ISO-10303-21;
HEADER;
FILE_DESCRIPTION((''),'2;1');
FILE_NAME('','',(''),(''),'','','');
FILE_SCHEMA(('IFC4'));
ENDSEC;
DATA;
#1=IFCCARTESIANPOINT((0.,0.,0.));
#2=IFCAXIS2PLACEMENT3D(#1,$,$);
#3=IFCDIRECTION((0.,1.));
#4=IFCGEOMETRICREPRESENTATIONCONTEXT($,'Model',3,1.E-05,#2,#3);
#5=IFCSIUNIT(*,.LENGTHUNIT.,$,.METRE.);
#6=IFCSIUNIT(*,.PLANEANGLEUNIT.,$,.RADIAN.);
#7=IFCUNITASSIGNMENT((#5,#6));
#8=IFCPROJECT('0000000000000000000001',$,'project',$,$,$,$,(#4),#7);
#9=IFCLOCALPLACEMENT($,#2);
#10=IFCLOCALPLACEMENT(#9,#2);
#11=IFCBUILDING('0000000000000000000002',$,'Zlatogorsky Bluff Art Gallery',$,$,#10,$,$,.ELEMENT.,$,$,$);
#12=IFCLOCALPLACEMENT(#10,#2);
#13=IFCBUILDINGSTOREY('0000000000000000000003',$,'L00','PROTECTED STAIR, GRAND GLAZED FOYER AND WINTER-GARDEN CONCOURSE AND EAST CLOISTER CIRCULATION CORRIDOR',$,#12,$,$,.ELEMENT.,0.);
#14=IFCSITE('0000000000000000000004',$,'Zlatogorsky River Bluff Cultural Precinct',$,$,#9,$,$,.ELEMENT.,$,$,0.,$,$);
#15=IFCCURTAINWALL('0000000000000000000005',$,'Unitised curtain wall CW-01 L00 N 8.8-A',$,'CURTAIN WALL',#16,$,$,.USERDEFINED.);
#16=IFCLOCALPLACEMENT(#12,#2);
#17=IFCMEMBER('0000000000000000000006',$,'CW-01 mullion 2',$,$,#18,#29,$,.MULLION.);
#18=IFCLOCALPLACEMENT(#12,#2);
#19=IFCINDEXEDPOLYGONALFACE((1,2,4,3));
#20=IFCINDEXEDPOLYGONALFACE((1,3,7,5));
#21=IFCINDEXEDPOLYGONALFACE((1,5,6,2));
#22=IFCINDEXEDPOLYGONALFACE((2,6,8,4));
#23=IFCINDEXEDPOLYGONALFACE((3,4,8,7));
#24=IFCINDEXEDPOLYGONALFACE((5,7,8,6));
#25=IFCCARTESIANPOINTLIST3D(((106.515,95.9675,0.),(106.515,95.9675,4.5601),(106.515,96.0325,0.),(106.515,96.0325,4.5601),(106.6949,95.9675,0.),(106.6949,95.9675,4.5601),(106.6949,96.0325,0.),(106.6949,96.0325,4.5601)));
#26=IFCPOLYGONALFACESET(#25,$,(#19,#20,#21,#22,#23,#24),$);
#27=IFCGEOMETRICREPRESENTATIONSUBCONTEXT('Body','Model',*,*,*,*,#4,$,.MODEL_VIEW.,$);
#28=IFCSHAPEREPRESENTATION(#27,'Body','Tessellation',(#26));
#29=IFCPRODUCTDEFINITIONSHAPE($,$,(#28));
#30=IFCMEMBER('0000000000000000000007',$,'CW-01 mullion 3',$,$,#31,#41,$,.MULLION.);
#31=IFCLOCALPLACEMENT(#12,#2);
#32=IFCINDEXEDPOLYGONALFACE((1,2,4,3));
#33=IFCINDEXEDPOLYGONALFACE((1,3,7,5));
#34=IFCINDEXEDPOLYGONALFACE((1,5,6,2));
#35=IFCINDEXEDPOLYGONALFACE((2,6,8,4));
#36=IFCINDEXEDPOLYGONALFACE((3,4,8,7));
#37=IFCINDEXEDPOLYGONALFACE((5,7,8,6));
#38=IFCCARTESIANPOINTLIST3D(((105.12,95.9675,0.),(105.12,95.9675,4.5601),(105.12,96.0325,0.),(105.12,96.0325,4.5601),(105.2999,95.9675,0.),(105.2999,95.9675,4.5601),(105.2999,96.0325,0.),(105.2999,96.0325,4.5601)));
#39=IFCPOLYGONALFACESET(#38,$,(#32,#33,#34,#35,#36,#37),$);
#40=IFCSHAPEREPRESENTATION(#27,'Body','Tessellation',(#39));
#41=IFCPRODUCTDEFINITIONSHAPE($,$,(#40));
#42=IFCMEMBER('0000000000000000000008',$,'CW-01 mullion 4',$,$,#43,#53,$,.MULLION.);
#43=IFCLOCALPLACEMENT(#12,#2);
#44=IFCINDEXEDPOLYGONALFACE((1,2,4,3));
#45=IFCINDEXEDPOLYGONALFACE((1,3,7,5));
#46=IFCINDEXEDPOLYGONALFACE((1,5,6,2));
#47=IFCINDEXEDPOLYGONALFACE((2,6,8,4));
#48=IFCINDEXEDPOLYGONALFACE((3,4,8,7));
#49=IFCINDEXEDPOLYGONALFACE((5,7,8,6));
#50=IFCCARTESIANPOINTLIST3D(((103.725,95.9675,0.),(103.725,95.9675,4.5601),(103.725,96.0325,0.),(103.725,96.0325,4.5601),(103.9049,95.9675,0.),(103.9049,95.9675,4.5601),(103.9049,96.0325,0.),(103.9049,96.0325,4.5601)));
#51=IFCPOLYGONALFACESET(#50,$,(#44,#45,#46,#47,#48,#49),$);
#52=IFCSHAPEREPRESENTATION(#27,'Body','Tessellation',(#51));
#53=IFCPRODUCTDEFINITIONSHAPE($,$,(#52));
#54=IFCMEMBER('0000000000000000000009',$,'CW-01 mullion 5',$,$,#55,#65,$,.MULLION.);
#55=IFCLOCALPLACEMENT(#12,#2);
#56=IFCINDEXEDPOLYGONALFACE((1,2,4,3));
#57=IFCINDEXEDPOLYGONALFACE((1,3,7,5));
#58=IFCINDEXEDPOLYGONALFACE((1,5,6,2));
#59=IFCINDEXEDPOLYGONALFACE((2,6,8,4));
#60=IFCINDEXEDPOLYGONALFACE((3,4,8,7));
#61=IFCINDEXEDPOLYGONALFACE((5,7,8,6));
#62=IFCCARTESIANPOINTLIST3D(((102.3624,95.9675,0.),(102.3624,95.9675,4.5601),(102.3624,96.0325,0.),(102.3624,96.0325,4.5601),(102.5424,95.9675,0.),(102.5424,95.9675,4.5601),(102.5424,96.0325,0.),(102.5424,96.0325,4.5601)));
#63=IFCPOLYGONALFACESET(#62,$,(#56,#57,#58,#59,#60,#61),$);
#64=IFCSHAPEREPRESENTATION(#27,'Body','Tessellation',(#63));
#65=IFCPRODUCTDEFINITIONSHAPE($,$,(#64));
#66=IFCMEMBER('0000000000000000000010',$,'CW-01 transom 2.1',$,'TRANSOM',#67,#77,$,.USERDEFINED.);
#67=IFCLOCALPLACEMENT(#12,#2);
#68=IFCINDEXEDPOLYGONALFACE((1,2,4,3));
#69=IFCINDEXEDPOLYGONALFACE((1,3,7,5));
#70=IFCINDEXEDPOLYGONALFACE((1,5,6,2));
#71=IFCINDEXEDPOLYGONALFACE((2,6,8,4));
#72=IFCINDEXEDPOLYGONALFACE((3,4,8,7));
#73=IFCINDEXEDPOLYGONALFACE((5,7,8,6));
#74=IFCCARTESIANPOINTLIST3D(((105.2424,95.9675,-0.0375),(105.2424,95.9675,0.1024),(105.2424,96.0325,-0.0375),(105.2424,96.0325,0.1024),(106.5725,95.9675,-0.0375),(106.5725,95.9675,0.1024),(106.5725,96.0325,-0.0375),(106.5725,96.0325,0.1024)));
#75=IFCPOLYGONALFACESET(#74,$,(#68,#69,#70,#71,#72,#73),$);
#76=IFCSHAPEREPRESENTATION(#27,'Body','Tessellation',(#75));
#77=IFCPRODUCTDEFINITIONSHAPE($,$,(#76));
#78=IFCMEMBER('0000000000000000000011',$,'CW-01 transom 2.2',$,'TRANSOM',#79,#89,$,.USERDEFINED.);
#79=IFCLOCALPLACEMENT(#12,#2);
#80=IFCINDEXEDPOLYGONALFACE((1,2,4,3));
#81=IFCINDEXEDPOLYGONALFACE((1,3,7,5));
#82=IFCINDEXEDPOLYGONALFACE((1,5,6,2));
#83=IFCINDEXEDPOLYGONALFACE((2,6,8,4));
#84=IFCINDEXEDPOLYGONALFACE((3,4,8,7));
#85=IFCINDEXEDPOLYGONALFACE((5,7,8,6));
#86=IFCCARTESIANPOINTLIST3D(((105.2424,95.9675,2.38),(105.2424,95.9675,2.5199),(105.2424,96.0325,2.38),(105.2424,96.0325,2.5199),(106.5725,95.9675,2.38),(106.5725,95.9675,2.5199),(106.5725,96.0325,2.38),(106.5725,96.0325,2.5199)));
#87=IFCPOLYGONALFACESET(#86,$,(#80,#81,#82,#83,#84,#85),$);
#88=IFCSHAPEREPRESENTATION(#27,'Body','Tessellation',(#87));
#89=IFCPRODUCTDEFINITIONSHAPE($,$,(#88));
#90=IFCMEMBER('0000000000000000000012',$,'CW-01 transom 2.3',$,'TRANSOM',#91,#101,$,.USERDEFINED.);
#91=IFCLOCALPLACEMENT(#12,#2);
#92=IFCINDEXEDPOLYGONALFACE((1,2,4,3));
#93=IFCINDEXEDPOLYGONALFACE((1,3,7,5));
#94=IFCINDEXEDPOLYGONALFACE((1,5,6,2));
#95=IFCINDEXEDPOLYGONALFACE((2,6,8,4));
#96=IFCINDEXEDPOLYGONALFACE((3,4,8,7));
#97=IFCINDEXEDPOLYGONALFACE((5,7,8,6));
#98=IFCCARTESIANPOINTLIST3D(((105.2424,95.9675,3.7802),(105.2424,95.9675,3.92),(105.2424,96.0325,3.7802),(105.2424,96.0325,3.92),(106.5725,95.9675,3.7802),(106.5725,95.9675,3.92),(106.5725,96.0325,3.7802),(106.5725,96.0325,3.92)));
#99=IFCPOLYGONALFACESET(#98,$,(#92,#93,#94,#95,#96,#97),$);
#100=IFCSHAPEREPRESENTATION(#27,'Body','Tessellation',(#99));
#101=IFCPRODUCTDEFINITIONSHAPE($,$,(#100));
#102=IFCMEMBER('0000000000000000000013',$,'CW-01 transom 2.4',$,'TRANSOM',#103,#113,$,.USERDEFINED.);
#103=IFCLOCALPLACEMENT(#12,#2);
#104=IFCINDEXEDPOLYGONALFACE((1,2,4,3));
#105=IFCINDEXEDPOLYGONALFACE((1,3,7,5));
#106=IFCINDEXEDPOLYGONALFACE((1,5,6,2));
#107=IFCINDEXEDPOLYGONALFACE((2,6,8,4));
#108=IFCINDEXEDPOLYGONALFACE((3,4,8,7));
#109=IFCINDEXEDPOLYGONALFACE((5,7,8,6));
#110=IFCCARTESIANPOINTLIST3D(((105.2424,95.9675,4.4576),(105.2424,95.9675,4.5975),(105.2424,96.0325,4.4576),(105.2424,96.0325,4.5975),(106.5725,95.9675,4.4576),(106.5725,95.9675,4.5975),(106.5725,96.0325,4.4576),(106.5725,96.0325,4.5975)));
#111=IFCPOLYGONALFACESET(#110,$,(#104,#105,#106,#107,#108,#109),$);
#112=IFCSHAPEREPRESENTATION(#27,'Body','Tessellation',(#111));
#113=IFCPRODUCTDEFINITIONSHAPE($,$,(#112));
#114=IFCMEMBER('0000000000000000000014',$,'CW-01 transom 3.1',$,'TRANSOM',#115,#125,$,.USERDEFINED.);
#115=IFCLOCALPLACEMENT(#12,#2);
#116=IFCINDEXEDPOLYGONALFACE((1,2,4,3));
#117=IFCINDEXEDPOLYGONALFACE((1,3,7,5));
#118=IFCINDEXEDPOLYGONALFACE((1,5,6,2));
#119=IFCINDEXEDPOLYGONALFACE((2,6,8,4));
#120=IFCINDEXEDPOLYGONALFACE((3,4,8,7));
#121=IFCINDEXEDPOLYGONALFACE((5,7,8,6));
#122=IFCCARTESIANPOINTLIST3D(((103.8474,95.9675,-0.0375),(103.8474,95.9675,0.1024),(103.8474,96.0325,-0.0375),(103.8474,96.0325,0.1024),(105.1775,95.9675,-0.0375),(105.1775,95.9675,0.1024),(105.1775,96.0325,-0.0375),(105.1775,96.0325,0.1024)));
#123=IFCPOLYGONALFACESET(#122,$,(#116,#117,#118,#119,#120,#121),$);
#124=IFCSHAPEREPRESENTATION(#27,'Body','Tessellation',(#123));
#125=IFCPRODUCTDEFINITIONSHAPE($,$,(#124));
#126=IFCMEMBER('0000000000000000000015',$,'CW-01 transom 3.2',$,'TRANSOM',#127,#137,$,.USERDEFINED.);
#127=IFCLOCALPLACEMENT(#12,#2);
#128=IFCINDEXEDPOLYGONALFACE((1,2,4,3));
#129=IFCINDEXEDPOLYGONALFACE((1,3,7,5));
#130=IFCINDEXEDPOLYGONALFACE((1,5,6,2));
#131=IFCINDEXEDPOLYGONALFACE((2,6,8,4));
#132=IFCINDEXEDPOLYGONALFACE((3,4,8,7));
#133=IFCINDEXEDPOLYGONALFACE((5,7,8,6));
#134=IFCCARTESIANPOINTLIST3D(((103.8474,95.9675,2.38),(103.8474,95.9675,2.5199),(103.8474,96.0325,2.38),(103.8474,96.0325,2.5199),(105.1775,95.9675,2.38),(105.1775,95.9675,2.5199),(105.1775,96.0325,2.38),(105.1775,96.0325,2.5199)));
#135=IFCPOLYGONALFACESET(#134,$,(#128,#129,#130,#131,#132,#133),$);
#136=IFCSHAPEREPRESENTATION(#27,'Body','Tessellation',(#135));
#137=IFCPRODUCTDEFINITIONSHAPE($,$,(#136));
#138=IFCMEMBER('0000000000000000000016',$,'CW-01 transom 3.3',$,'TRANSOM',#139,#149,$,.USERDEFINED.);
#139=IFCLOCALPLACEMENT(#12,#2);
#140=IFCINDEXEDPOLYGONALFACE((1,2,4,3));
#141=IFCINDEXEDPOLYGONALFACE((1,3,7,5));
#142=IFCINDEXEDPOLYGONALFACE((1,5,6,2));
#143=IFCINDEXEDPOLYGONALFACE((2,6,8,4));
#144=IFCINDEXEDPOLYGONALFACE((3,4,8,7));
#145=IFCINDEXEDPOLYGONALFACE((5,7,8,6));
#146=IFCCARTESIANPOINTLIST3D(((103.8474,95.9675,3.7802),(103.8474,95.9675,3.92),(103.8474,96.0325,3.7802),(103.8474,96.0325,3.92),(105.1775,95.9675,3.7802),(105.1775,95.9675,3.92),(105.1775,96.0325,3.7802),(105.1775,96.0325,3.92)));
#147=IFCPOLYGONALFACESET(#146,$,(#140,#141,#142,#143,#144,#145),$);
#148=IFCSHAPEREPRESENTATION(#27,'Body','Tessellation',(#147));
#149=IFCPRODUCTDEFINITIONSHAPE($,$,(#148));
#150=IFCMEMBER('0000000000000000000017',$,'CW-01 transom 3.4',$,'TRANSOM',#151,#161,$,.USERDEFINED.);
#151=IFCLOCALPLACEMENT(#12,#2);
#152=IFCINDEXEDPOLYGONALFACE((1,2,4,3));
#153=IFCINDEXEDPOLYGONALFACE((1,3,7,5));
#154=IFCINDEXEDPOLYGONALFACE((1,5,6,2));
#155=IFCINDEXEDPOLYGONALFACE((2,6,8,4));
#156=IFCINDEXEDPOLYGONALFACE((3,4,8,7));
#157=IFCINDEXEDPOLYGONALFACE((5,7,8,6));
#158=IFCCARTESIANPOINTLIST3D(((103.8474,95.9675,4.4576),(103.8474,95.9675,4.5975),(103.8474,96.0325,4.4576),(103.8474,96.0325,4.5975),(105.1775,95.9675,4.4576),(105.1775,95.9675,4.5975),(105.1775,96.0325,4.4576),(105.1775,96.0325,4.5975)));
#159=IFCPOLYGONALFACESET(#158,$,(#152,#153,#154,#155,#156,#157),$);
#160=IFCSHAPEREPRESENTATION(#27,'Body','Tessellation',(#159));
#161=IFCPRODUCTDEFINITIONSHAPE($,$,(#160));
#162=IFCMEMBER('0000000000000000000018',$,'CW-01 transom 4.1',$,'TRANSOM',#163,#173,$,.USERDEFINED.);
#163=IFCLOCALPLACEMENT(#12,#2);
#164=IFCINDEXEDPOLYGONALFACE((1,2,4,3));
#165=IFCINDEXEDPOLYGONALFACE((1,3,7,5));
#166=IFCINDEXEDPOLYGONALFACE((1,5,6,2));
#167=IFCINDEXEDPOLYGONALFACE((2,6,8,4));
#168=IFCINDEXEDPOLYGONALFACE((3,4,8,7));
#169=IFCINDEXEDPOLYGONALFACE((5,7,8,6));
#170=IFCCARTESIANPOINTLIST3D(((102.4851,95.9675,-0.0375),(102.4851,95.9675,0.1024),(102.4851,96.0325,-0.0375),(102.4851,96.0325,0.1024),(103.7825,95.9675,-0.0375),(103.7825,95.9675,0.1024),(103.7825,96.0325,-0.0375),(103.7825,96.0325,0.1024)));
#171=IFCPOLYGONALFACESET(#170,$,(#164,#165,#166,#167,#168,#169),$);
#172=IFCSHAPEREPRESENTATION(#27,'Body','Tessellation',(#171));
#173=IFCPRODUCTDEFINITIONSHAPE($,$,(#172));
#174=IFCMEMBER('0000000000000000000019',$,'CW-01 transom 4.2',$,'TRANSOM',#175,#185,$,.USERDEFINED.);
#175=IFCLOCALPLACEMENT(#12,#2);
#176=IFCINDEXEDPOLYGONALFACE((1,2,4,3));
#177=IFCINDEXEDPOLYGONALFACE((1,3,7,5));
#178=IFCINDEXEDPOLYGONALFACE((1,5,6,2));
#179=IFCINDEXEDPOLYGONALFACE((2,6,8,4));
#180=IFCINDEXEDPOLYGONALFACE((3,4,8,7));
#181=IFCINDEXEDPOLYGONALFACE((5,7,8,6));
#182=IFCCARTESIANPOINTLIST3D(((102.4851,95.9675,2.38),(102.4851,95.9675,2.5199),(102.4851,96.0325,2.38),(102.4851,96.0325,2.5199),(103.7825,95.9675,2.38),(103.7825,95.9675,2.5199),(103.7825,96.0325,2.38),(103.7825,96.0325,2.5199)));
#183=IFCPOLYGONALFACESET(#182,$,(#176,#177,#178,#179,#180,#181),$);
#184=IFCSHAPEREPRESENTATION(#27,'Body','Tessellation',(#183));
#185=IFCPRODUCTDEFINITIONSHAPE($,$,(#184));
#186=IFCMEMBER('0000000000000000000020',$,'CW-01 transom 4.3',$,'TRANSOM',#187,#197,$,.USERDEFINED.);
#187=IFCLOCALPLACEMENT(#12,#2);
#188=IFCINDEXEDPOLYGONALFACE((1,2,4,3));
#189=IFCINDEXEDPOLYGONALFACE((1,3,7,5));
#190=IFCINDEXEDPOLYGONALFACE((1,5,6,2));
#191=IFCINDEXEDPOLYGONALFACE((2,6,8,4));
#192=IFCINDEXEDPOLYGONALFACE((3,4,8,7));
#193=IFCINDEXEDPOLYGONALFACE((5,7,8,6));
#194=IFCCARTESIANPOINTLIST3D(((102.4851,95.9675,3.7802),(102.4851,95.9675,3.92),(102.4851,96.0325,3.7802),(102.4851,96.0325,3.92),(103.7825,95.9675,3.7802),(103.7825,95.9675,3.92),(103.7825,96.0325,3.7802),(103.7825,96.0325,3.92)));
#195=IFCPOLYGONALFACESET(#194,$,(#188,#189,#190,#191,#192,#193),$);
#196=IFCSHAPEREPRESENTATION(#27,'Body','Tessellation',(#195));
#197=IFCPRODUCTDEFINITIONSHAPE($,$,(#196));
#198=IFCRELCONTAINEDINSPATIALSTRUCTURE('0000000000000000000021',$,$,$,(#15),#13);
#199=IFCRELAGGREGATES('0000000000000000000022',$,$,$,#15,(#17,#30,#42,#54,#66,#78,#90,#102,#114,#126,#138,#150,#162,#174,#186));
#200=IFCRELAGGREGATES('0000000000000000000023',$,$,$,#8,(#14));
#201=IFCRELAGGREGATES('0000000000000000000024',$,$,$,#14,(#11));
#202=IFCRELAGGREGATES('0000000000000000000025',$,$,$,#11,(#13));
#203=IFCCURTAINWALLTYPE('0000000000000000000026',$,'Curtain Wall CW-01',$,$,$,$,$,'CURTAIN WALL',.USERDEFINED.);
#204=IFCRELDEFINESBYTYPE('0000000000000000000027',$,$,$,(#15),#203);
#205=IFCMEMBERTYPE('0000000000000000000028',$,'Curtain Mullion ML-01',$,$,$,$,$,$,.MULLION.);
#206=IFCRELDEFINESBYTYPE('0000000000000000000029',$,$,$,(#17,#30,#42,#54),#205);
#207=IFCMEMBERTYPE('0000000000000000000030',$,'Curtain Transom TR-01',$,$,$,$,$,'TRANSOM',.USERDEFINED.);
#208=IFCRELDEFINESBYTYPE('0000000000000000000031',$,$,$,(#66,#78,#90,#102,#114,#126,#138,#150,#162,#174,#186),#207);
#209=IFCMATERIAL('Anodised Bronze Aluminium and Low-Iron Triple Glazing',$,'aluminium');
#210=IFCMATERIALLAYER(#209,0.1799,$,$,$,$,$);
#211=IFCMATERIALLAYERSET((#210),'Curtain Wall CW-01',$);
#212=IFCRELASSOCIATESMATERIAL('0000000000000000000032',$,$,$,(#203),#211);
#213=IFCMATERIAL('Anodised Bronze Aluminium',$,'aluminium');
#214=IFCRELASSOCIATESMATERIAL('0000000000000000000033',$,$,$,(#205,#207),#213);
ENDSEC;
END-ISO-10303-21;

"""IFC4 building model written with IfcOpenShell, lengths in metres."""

from ifc_helpers import new_model, si_unit, direction, frame, origin, origin_2d, place, context, subcontext, project, spatial, rectangle, extrude, material, layer, layer_set, material_profile, profile_set, type_object, element, aggregate, save


model = new_model("IFC4")

# Units and contexts
model_context = context("Model", 3, precision=1e-05, world=origin(), true_north=direction((0.0, 1.0)))
body_context = subcontext(model_context, "Body", "Model", "MODEL_VIEW")
ifc_project = project(units=[si_unit("LENGTHUNIT", "METRE"), si_unit("PLANEANGLEUNIT", "RADIAN")], contexts=[model_context])

# Site, building, storey
site_placement = place(None, origin())
site = spatial("IfcSite", under=ifc_project, at=site_placement, Name="Zlatogorsky River Bluff Cultural Precinct", CompositionType="ELEMENT", RefElevation=0.0)
building_placement = place(site_placement, origin())
building = spatial("IfcBuilding", under=site, at=building_placement, Name="Zlatogorsky Bluff Art Gallery", CompositionType="ELEMENT")
storey_placement = place(building_placement, origin())
storey = spatial("IfcBuildingStorey", under=building, at=storey_placement, Name="L00", Description="PROTECTED STAIR, GRAND GLAZED FOYER AND WINTER-GARDEN CONCOURSE AND EAST CLOISTER CIRCULATION CORRIDOR", CompositionType="ELEMENT", Elevation=0.0)

# Curtain wall, members
ifc_material_1 = material(Name="Anodised Bronze Aluminium and Low-Iron Triple Glazing", Category="aluminium")
ifc_layer_1 = layer(ifc_material_1, 0.1799)
ifc_layer_set_1 = layer_set([ifc_layer_1], Name="Curtain Wall CW-01")
curtain_wall_type = type_object("IfcCurtainWallType", Name="Curtain Wall CW-01", ElementType="CURTAIN WALL", PredefinedType="USERDEFINED", material=ifc_layer_set_1)
curtain_wall_placement = place(storey_placement, origin())
curtain_wall = element("IfcCurtainWall", 1, at=curtain_wall_placement, inside=storey, type_object=curtain_wall_type, Name="Unitised curtain wall CW-01 L00 N 8.8-A", ObjectType="CURTAIN WALL", PredefinedType="USERDEFINED")
ifc_material_2 = material(Name="Anodised Bronze Aluminium", Category="aluminium")
ifc_material_profile_1 = material_profile(ifc_material_2, rectangle(XDim=0.0649, YDim=0.1799, at=origin_2d()), Name="ALU MULLION 65x180")
ifc_profile_set_1 = profile_set([ifc_material_profile_1], Name="Anodised Bronze Aluminium")
member_type_1 = type_object("IfcMemberType", Name="Curtain Mullion ML-01", PredefinedType="MULLION", material=ifc_profile_set_1)
member_1_placement = place(storey_placement, frame((106.605, 96.0, 0.0), z_axis=(0.0, 0.0, 1.0), x_axis=(0.0, -1.0, 0.0)))
member_1 = element("IfcMember", 2, at=member_1_placement, type_object=member_type_1, Name="CW-01 mullion 2", PredefinedType="MULLION", context=body_context, shape_type="SweptSolid", body=[
    extrude(rectangle(XDim=0.0649, YDim=0.1799, at=origin_2d()), origin(), (0.0, 0.0, 1.0), 4.5601),
])
member_2_placement = place(storey_placement, frame((105.21, 96.0, 0.0), z_axis=(0.0, 0.0, 1.0), x_axis=(0.0, -1.0, 0.0)))
member_2 = element("IfcMember", 3, at=member_2_placement, type_object=member_type_1, Name="CW-01 mullion 3", PredefinedType="MULLION", context=body_context, shape_type="SweptSolid", body=[
    extrude(rectangle(XDim=0.0649, YDim=0.1799, at=origin_2d()), origin(), (0.0, 0.0, 1.0), 4.5601),
])
member_3_placement = place(storey_placement, frame((103.8149, 96.0, 0.0), z_axis=(0.0, 0.0, 1.0), x_axis=(0.0, -1.0, 0.0)))
member_3 = element("IfcMember", 4, at=member_3_placement, type_object=member_type_1, Name="CW-01 mullion 4", PredefinedType="MULLION", context=body_context, shape_type="SweptSolid", body=[
    extrude(rectangle(XDim=0.0649, YDim=0.1799, at=origin_2d()), origin(), (0.0, 0.0, 1.0), 4.5601),
])
member_4_placement = place(storey_placement, frame((102.4524, 96.0, 0.0), z_axis=(0.0, 0.0, 1.0), x_axis=(0.0, -1.0, 0.0)))
member_4 = element("IfcMember", 5, at=member_4_placement, type_object=member_type_1, Name="CW-01 mullion 5", PredefinedType="MULLION", context=body_context, shape_type="SweptSolid", body=[
    extrude(rectangle(XDim=0.0649, YDim=0.1799, at=origin_2d()), origin(), (0.0, 0.0, 1.0), 4.5601),
])
ifc_material_profile_2 = material_profile(ifc_material_2, rectangle(XDim=0.0649, YDim=0.1399, at=origin_2d()), Name="ALU TRANSOM 65x140")
ifc_profile_set_2 = profile_set([ifc_material_profile_2], Name="Anodised Bronze Aluminium")
member_type_2 = type_object("IfcMemberType", Name="Curtain Transom TR-01", ElementType="TRANSOM", PredefinedType="USERDEFINED", material=ifc_profile_set_2)
member_5_placement = place(storey_placement, frame((106.5725, 96.0, 0.0325), z_axis=(-1.0, 0.0, 0.0), x_axis=(0.0, -1.0, 0.0)))
member_5 = element("IfcMember", 6, at=member_5_placement, type_object=member_type_2, Name="CW-01 transom 2.1", ObjectType="TRANSOM", PredefinedType="USERDEFINED", context=body_context, shape_type="SweptSolid", body=[
    extrude(rectangle(XDim=0.0649, YDim=0.1399, at=origin_2d()), origin(), (0.0, 0.0, 1.0), 1.3301),
])
member_6_placement = place(storey_placement, frame((106.5725, 96.0, 2.45), z_axis=(-1.0, 0.0, 0.0), x_axis=(0.0, -1.0, 0.0)))
member_6 = element("IfcMember", 7, at=member_6_placement, type_object=member_type_2, Name="CW-01 transom 2.2", ObjectType="TRANSOM", PredefinedType="USERDEFINED", context=body_context, shape_type="SweptSolid", body=[
    extrude(rectangle(XDim=0.0649, YDim=0.1399, at=origin_2d()), origin(), (0.0, 0.0, 1.0), 1.3301),
])
member_7_placement = place(storey_placement, frame((106.5725, 96.0, 3.8501), z_axis=(-1.0, 0.0, 0.0), x_axis=(0.0, -1.0, 0.0)))
member_7 = element("IfcMember", 8, at=member_7_placement, type_object=member_type_2, Name="CW-01 transom 2.3", ObjectType="TRANSOM", PredefinedType="USERDEFINED", context=body_context, shape_type="SweptSolid", body=[
    extrude(rectangle(XDim=0.0649, YDim=0.1399, at=origin_2d()), origin(), (0.0, 0.0, 1.0), 1.3301),
])
member_8_placement = place(storey_placement, frame((106.5725, 96.0, 4.5276), z_axis=(-1.0, 0.0, 0.0), x_axis=(0.0, -1.0, 0.0)))
member_8 = element("IfcMember", 9, at=member_8_placement, type_object=member_type_2, Name="CW-01 transom 2.4", ObjectType="TRANSOM", PredefinedType="USERDEFINED", context=body_context, shape_type="SweptSolid", body=[
    extrude(rectangle(XDim=0.0649, YDim=0.1399, at=origin_2d()), origin(), (0.0, 0.0, 1.0), 1.3301),
])
member_9_placement = place(storey_placement, frame((105.1775, 96.0, 0.0325), z_axis=(-1.0, 0.0, 0.0), x_axis=(0.0, -1.0, 0.0)))
member_9 = element("IfcMember", 10, at=member_9_placement, type_object=member_type_2, Name="CW-01 transom 3.1", ObjectType="TRANSOM", PredefinedType="USERDEFINED", context=body_context, shape_type="SweptSolid", body=[
    extrude(rectangle(XDim=0.0649, YDim=0.1399, at=origin_2d()), origin(), (0.0, 0.0, 1.0), 1.3301),
])
member_10_placement = place(storey_placement, frame((105.1775, 96.0, 2.45), z_axis=(-1.0, 0.0, 0.0), x_axis=(0.0, -1.0, 0.0)))
member_10 = element("IfcMember", 11, at=member_10_placement, type_object=member_type_2, Name="CW-01 transom 3.2", ObjectType="TRANSOM", PredefinedType="USERDEFINED", context=body_context, shape_type="SweptSolid", body=[
    extrude(rectangle(XDim=0.0649, YDim=0.1399, at=origin_2d()), origin(), (0.0, 0.0, 1.0), 1.3301),
])
member_11_placement = place(storey_placement, frame((105.1775, 96.0, 3.8501), z_axis=(-1.0, 0.0, 0.0), x_axis=(0.0, -1.0, 0.0)))
member_11 = element("IfcMember", 12, at=member_11_placement, type_object=member_type_2, Name="CW-01 transom 3.3", ObjectType="TRANSOM", PredefinedType="USERDEFINED", context=body_context, shape_type="SweptSolid", body=[
    extrude(rectangle(XDim=0.0649, YDim=0.1399, at=origin_2d()), origin(), (0.0, 0.0, 1.0), 1.3301),
])
member_12_placement = place(storey_placement, frame((105.1775, 96.0, 4.5276), z_axis=(-1.0, 0.0, 0.0), x_axis=(0.0, -1.0, 0.0)))
member_12 = element("IfcMember", 13, at=member_12_placement, type_object=member_type_2, Name="CW-01 transom 3.4", ObjectType="TRANSOM", PredefinedType="USERDEFINED", context=body_context, shape_type="SweptSolid", body=[
    extrude(rectangle(XDim=0.0649, YDim=0.1399, at=origin_2d()), origin(), (0.0, 0.0, 1.0), 1.3301),
])
member_13_placement = place(storey_placement, frame((103.7825, 96.0, 0.0325), z_axis=(-1.0, 0.0, 0.0), x_axis=(0.0, -1.0, 0.0)))
member_13 = element("IfcMember", 14, at=member_13_placement, type_object=member_type_2, Name="CW-01 transom 4.1", ObjectType="TRANSOM", PredefinedType="USERDEFINED", context=body_context, shape_type="SweptSolid", body=[
    extrude(rectangle(XDim=0.0649, YDim=0.1399, at=origin_2d()), origin(), (0.0, 0.0, 1.0), 1.2974),
])
member_14_placement = place(storey_placement, frame((103.7825, 96.0, 2.45), z_axis=(-1.0, 0.0, 0.0), x_axis=(0.0, -1.0, 0.0)))
member_14 = element("IfcMember", 15, at=member_14_placement, type_object=member_type_2, Name="CW-01 transom 4.2", ObjectType="TRANSOM", PredefinedType="USERDEFINED", context=body_context, shape_type="SweptSolid", body=[
    extrude(rectangle(XDim=0.0649, YDim=0.1399, at=origin_2d()), origin(), (0.0, 0.0, 1.0), 1.2974),
])
member_15_placement = place(storey_placement, frame((103.7825, 96.0, 3.8501), z_axis=(-1.0, 0.0, 0.0), x_axis=(0.0, -1.0, 0.0)))
member_15 = element("IfcMember", 16, at=member_15_placement, type_object=member_type_2, Name="CW-01 transom 4.3", ObjectType="TRANSOM", PredefinedType="USERDEFINED", context=body_context, shape_type="SweptSolid", body=[
    extrude(rectangle(XDim=0.0649, YDim=0.1399, at=origin_2d()), origin(), (0.0, 0.0, 1.0), 1.2974),
])
aggregate(curtain_wall, [member_1, member_2, member_3, member_4, member_5, member_6, member_7, member_8, member_9, member_10, member_11, member_12, member_13, member_14, member_15])

save(model, "model.ifc")
